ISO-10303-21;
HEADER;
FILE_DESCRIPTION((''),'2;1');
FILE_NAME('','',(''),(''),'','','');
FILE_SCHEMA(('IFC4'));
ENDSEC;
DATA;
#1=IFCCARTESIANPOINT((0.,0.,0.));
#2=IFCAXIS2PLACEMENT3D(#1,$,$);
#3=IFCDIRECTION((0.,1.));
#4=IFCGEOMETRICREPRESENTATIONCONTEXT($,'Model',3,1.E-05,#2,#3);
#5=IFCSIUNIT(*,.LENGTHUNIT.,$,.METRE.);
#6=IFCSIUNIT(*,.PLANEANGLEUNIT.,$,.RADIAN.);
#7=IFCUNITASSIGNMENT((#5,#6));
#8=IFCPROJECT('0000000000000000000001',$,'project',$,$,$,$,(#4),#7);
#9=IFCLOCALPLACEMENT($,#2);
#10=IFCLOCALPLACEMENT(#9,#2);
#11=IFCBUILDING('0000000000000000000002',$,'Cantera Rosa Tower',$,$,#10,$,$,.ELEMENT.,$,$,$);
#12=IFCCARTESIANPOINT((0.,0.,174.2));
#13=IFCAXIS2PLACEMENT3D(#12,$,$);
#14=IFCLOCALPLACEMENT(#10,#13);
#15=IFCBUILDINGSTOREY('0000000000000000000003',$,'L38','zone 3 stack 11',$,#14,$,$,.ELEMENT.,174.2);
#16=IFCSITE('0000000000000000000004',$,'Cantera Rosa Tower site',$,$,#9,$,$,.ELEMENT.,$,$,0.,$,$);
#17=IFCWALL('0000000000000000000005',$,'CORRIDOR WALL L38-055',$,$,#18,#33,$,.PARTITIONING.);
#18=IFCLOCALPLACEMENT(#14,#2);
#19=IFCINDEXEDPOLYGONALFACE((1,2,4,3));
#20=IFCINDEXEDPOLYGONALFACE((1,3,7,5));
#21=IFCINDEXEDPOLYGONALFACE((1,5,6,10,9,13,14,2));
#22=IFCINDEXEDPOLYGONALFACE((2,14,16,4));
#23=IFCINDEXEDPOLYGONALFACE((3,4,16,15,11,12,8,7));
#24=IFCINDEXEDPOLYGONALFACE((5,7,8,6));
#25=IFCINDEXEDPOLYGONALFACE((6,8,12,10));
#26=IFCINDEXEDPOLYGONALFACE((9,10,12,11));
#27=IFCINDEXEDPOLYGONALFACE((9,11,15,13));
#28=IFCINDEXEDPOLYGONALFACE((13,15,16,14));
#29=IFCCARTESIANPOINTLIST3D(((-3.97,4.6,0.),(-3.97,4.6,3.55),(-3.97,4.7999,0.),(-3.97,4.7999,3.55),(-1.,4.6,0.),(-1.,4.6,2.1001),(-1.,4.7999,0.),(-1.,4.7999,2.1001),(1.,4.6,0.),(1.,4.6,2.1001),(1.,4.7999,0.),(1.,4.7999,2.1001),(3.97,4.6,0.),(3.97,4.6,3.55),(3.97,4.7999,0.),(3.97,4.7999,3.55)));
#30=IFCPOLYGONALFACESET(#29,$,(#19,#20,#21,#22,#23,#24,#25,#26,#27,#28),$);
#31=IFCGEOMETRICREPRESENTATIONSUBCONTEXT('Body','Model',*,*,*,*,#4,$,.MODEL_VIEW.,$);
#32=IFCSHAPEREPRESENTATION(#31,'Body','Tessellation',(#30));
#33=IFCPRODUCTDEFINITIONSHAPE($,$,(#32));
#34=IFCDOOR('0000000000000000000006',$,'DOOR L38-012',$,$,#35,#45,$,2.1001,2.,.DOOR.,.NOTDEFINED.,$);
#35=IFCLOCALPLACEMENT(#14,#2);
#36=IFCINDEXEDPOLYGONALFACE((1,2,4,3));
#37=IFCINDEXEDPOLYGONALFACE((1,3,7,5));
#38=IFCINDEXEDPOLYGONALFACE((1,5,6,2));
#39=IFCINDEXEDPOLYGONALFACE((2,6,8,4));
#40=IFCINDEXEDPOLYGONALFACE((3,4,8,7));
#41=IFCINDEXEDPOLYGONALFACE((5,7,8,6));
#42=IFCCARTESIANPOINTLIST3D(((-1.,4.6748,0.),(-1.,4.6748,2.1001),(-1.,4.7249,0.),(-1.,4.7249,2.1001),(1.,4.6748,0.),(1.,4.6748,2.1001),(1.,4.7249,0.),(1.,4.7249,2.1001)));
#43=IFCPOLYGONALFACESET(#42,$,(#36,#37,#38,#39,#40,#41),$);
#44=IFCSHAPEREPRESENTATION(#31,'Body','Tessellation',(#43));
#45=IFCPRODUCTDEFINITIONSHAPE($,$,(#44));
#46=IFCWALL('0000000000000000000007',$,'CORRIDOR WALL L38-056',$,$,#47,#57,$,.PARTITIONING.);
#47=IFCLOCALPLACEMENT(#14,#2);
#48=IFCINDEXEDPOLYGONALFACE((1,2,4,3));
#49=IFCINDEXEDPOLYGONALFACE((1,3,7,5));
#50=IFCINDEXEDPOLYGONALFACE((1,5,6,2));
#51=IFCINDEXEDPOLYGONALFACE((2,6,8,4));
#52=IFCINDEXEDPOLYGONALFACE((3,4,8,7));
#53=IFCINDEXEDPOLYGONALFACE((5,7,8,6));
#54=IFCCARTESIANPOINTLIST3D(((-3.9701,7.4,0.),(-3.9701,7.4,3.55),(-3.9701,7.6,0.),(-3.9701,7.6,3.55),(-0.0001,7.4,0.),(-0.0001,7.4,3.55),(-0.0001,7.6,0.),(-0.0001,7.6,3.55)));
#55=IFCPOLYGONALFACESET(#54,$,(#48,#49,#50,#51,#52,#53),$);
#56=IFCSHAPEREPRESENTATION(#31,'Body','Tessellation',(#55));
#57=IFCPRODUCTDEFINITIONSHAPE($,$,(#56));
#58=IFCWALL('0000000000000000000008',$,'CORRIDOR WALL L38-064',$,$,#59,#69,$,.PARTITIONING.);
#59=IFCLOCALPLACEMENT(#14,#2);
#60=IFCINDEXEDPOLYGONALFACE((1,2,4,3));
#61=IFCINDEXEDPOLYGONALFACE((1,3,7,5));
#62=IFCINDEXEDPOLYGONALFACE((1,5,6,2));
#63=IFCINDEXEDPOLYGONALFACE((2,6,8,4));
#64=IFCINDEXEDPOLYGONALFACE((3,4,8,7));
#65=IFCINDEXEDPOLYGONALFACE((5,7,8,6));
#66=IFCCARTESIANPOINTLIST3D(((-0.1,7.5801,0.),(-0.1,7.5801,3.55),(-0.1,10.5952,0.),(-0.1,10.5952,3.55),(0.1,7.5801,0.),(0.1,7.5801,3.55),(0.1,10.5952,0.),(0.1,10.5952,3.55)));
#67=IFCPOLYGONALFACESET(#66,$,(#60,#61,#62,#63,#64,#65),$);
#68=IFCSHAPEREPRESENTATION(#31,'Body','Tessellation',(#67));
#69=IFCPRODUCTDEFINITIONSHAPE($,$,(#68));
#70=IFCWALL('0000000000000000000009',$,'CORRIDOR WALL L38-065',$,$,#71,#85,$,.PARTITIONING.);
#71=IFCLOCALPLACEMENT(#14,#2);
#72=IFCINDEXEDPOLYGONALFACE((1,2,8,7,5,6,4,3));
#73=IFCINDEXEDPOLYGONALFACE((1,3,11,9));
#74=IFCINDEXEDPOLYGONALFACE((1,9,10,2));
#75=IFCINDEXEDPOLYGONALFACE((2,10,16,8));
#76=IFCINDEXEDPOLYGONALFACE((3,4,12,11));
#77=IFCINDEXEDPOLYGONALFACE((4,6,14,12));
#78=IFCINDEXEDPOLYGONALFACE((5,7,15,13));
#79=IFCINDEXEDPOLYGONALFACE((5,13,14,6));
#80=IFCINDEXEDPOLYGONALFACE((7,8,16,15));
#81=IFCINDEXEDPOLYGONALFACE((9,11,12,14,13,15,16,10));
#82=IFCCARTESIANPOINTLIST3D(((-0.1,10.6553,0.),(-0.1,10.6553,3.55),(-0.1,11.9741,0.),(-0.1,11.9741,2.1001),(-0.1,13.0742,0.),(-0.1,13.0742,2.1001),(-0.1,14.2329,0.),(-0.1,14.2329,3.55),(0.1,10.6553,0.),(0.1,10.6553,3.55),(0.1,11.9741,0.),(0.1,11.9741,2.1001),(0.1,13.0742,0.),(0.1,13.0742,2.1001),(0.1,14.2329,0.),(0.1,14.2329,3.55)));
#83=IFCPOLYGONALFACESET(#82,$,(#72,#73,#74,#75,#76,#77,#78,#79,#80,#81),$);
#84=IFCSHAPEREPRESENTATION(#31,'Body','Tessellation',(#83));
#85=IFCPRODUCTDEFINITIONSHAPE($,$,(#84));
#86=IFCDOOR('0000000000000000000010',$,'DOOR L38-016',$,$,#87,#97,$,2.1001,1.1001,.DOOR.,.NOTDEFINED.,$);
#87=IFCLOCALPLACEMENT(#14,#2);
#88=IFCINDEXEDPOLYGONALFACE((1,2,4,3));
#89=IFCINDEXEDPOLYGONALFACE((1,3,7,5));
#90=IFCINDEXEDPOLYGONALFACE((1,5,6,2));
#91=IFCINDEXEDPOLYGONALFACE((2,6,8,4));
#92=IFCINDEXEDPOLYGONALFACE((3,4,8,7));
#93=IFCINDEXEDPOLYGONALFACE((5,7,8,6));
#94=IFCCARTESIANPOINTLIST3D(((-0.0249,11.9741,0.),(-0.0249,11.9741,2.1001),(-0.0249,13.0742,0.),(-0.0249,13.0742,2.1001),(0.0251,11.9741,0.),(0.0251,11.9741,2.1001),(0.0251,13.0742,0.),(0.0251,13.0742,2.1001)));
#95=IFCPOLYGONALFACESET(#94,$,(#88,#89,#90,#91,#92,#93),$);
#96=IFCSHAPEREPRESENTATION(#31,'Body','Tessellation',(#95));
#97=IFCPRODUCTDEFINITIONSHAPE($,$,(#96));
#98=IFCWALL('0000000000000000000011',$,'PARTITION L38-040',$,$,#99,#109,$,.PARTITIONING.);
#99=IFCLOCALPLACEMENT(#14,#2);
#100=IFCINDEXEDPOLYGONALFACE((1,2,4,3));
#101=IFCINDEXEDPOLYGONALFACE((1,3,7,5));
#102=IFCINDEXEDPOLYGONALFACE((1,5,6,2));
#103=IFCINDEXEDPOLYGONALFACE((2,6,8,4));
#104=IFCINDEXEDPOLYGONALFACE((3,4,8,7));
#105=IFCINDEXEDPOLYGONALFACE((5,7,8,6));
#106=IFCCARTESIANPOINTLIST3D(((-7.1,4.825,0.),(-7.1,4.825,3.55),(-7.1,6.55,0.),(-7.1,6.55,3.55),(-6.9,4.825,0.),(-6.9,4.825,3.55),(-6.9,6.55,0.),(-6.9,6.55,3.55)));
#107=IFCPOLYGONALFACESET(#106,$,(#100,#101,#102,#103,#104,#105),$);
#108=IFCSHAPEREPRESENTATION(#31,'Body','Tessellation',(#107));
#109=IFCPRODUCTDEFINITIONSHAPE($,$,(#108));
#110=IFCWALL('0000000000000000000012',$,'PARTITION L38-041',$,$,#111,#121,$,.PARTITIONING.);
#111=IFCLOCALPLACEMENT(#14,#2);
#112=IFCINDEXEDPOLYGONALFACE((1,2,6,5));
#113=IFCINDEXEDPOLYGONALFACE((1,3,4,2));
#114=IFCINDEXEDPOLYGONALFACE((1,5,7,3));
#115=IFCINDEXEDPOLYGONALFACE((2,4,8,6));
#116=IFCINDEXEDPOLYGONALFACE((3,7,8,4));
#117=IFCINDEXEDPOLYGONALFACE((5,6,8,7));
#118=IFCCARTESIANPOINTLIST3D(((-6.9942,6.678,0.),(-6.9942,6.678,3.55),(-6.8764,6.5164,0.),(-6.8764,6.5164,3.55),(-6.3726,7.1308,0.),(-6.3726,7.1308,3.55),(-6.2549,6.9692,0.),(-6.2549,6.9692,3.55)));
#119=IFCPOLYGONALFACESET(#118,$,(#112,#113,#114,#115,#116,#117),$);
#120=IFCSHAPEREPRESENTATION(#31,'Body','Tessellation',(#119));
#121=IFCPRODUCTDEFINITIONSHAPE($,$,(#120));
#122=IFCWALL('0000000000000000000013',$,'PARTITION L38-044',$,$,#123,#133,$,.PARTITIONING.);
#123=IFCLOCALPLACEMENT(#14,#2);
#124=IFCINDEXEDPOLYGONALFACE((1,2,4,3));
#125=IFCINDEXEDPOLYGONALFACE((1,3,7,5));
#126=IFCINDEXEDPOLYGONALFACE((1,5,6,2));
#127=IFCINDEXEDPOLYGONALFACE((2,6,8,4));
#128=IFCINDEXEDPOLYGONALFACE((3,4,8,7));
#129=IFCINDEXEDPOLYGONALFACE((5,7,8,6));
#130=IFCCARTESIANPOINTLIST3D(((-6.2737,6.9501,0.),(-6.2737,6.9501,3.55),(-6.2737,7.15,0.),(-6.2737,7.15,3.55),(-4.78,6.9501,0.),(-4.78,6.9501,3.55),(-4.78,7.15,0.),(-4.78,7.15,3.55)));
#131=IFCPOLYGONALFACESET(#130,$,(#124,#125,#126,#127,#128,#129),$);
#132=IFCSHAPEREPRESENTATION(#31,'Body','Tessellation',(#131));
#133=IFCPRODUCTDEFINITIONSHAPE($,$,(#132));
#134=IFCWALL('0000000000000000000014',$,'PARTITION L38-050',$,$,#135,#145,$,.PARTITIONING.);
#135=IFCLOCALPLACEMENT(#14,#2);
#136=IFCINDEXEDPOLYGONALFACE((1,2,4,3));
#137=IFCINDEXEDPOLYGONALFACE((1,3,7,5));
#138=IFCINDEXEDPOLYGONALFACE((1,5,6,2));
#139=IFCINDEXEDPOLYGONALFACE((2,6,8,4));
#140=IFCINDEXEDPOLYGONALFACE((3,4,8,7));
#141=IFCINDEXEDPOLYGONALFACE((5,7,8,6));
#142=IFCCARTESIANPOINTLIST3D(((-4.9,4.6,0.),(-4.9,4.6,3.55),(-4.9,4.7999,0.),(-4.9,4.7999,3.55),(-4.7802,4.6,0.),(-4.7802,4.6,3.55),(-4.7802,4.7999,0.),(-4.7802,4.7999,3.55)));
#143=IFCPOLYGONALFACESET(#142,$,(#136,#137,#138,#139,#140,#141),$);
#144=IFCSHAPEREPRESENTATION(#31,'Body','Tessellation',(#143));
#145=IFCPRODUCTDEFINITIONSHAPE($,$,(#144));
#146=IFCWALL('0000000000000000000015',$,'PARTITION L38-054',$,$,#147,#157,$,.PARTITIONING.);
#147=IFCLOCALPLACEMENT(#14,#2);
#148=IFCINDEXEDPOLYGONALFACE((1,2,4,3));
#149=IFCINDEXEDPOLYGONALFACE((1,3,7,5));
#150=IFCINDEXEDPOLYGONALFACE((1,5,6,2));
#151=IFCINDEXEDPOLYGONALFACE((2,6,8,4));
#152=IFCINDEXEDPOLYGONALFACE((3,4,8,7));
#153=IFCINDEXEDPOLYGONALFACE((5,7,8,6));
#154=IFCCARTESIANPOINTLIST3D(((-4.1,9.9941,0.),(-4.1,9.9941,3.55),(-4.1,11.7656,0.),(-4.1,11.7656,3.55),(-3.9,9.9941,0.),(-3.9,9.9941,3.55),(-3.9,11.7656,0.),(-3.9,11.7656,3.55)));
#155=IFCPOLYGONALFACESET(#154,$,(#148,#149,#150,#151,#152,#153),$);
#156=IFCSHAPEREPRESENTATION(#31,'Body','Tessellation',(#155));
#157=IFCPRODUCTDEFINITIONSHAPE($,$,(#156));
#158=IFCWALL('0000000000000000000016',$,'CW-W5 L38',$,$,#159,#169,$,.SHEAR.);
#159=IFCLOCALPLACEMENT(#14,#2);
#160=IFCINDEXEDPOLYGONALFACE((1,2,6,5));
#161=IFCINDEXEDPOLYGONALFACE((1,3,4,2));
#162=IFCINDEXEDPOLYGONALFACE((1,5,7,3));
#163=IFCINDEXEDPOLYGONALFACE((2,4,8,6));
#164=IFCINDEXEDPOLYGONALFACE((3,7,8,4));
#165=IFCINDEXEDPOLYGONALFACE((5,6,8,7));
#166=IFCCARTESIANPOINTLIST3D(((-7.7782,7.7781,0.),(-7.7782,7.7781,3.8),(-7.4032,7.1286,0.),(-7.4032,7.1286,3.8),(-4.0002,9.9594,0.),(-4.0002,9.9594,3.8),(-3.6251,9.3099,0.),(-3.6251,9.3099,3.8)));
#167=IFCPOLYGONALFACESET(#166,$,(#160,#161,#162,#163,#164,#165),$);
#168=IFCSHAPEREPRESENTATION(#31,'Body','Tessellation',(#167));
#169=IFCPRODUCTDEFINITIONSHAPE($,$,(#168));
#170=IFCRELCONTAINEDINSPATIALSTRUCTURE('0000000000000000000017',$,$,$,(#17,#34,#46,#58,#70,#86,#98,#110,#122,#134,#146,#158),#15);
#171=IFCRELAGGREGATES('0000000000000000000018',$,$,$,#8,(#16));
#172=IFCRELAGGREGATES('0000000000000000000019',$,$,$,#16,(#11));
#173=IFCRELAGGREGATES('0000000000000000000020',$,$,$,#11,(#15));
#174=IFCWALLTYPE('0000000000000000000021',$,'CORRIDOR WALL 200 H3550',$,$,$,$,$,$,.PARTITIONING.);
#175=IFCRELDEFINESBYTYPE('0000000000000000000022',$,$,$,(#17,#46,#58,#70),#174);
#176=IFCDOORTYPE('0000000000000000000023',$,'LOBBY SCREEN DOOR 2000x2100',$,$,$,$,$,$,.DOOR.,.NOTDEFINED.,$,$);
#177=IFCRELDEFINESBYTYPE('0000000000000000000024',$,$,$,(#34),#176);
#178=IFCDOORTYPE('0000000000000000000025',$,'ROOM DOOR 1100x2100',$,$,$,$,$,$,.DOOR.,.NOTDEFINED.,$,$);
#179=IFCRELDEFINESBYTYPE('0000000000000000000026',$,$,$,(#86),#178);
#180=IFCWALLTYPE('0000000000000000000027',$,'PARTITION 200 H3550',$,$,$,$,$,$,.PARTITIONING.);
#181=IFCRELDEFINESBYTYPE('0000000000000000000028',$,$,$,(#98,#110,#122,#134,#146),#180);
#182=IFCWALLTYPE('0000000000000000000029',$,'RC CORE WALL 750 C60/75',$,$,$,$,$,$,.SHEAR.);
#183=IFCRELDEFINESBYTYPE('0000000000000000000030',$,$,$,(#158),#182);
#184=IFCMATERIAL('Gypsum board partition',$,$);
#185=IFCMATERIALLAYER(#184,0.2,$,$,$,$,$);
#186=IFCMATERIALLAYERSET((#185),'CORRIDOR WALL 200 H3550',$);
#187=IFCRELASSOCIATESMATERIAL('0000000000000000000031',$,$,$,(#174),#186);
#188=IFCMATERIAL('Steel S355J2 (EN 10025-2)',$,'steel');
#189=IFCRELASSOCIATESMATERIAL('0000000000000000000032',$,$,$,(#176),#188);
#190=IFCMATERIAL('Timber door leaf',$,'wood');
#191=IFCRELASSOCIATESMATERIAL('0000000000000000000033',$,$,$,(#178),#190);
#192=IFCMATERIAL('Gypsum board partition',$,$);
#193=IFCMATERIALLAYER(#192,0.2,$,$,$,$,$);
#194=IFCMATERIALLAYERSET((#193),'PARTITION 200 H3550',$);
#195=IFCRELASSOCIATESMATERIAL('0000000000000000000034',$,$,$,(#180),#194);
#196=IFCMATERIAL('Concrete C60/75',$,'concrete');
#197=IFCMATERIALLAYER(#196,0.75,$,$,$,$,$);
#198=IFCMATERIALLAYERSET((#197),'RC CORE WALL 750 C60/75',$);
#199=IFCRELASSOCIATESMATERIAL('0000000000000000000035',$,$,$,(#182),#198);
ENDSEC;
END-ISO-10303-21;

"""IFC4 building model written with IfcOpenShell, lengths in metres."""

from ifc_helpers import new_model, si_unit, direction, frame, frame_2d, origin, place, context, subcontext, project, spatial, rectangle, extrude, material, layer, layer_set, type_object, element, fill, save


model = new_model("IFC4")

# Units and contexts
model_context = context("Model", 3, precision=1e-05, world=origin(), true_north=direction((0.0, 1.0)))
body_context = subcontext(model_context, "Body", "Model", "MODEL_VIEW")
ifc_project = project(units=[si_unit("LENGTHUNIT", "METRE"), si_unit("PLANEANGLEUNIT", "RADIAN")], contexts=[model_context])

# Site, building, storey
site_placement = place(None, origin())
site = spatial("IfcSite", under=ifc_project, at=site_placement, Name="Cantera Rosa Tower site", CompositionType="ELEMENT", RefElevation=0.0)
building_placement = place(site_placement, origin())
building = spatial("IfcBuilding", under=site, at=building_placement, Name="Cantera Rosa Tower", CompositionType="ELEMENT")
storey_placement = place(building_placement, frame((0.0, 0.0, 174.2)))
storey = spatial("IfcBuildingStorey", under=building, at=storey_placement, Name="L38", Description="zone 3 stack 11", CompositionType="ELEMENT", Elevation=174.2)

# Wall, opening, door
ifc_material_1 = material(Name="Gypsum board partition")
ifc_layer_1 = layer(ifc_material_1, 0.2)
ifc_layer_set_1 = layer_set([ifc_layer_1], Name="CORRIDOR WALL 200 H3550")
wall_type_1 = type_object("IfcWallType", Name="CORRIDOR WALL 200 H3550", PredefinedType="PARTITIONING", material=ifc_layer_set_1)
wall_1_placement = place(storey_placement, frame((-3.97, 4.7, 0.0), z_axis=(0.0, 0.0, 1.0), x_axis=(1.0, 0.0, 0.0)))
wall_1 = element("IfcWall", 1, at=wall_1_placement, inside=storey, type_object=wall_type_1, Name="CORRIDOR WALL L38-055", PredefinedType="PARTITIONING", context=body_context, shape_type="SweptSolid", body=[
    extrude(rectangle(XDim=7.9399, YDim=0.2, at=frame_2d((3.97, 0.0))), origin(), (0.0, 0.0, 1.0), 3.55),
])
opening_1_placement = place(wall_1_placement, frame((2.97, 0.0, 0.0)))
opening_1 = element("IfcOpeningElement", 2, at=opening_1_placement, cuts=wall_1, PredefinedType="OPENING", context=body_context, shape_type="SweptSolid", body=[
    extrude(rectangle(XDim=2.0, YDim=2.1001, at=frame_2d((1.0, 1.05))), frame((0.0, 0.1099, 0.0), z_axis=(0.0, -1.0, 0.0), x_axis=(1.0, 0.0, 0.0)), (0.0, 0.0, 1.0), 0.22),
])
ifc_material_2 = material(Name="Steel S355J2 (EN 10025-2)", Category="steel")
door_type_1 = type_object("IfcDoorType", Name="LOBBY SCREEN DOOR 2000x2100", OperationType="NOTDEFINED", PredefinedType="DOOR", material=ifc_material_2)
door_1_placement = place(opening_1_placement, origin())
door_1 = element("IfcDoor", 3, at=door_1_placement, inside=storey, type_object=door_type_1, Name="DOOR L38-012", OperationType="NOTDEFINED", OverallHeight=2.1001, OverallWidth=2.0, PredefinedType="DOOR", context=body_context, shape_type="SweptSolid", body=[
    extrude(rectangle(XDim=2.0, YDim=2.1001, at=frame_2d((1.0, 1.05))), frame((0.0, 0.0249, 0.0), z_axis=(0.0, -1.0, 0.0), x_axis=(1.0, 0.0, 0.0)), (0.0, 0.0, 1.0), 0.05),
])
fill(opening_1, door_1)

# Walls
wall_2_placement = place(storey_placement, frame((-3.97, 7.5, 0.0), z_axis=(0.0, 0.0, 1.0), x_axis=(1.0, 0.0, 0.0)))
element("IfcWall", 4, at=wall_2_placement, inside=storey, type_object=wall_type_1, Name="CORRIDOR WALL L38-056", PredefinedType="PARTITIONING", context=body_context, shape_type="SweptSolid", body=[
    extrude(rectangle(XDim=3.97, YDim=0.2, at=frame_2d((1.9849, 0.0))), origin(), (0.0, 0.0, 1.0), 3.55),
])
wall_3_placement = place(storey_placement, frame((0.0, 7.5801, 0.0), z_axis=(0.0, 0.0, 1.0), x_axis=(0.0, 1.0, 0.0)))
element("IfcWall", 5, at=wall_3_placement, inside=storey, type_object=wall_type_1, Name="CORRIDOR WALL L38-064", PredefinedType="PARTITIONING", context=body_context, shape_type="SweptSolid", body=[
    extrude(rectangle(XDim=3.0151, YDim=0.2, at=frame_2d((1.5076, 0.0))), origin(), (0.0, 0.0, 1.0), 3.55),
])

# Wall, opening, door
wall_4_placement = place(storey_placement, frame((0.0, 10.6553, 0.0), z_axis=(0.0, 0.0, 1.0), x_axis=(0.0, 1.0, 0.0)))
wall_4 = element("IfcWall", 6, at=wall_4_placement, inside=storey, type_object=wall_type_1, Name="CORRIDOR WALL L38-065", PredefinedType="PARTITIONING", context=body_context, shape_type="SweptSolid", body=[
    extrude(rectangle(XDim=3.5776, YDim=0.2, at=frame_2d((1.7888, 0.0))), origin(), (0.0, 0.0, 1.0), 3.55),
])
opening_2_placement = place(wall_4_placement, frame((1.3188, 0.0, 0.0)))
opening_2 = element("IfcOpeningElement", 7, at=opening_2_placement, cuts=wall_4, PredefinedType="OPENING", context=body_context, shape_type="SweptSolid", body=[
    extrude(rectangle(XDim=1.1001, YDim=2.1001, at=frame_2d((0.55, 1.05))), frame((0.0, 0.1099, 0.0), z_axis=(0.0, -1.0, 0.0), x_axis=(1.0, 0.0, 0.0)), (0.0, 0.0, 1.0), 0.22),
])
ifc_material_3 = material(Name="Timber door leaf", Category="wood")
door_type_2 = type_object("IfcDoorType", Name="ROOM DOOR 1100x2100", OperationType="NOTDEFINED", PredefinedType="DOOR", material=ifc_material_3)
door_2_placement = place(opening_2_placement, origin())
door_2 = element("IfcDoor", 8, at=door_2_placement, inside=storey, type_object=door_type_2, Name="DOOR L38-016", OperationType="NOTDEFINED", OverallHeight=2.1001, OverallWidth=1.1001, PredefinedType="DOOR", context=body_context, shape_type="SweptSolid", body=[
    extrude(rectangle(XDim=1.1001, YDim=2.1001, at=frame_2d((0.55, 1.05))), frame((0.0, 0.0249, 0.0), z_axis=(0.0, -1.0, 0.0), x_axis=(1.0, 0.0, 0.0)), (0.0, 0.0, 1.0), 0.05),
])
fill(opening_2, door_2)

# Walls
ifc_material_4 = material(Name="Gypsum board partition")
ifc_layer_2 = layer(ifc_material_4, 0.2)
ifc_layer_set_2 = layer_set([ifc_layer_2], Name="PARTITION 200 H3550")
wall_type_2 = type_object("IfcWallType", Name="PARTITION 200 H3550", PredefinedType="PARTITIONING", material=ifc_layer_set_2)
wall_5_placement = place(storey_placement, frame((-7.0, 4.825, 0.0), z_axis=(0.0, 0.0, 1.0), x_axis=(0.0, 1.0, 0.0)))
element("IfcWall", 9, at=wall_5_placement, inside=storey, type_object=wall_type_2, Name="PARTITION L38-040", PredefinedType="PARTITIONING", context=body_context, shape_type="SweptSolid", body=[
    extrude(rectangle(XDim=1.7251, YDim=0.2, at=frame_2d((0.8625, 0.0))), origin(), (0.0, 0.0, 1.0), 3.55),
])
wall_6_placement = place(storey_placement, frame((-6.9353, 6.5972, 0.0), z_axis=(0.0, 0.0, 1.0), x_axis=(0.808228, 0.58887, 0.0)))
element("IfcWall", 10, at=wall_6_placement, inside=storey, type_object=wall_type_2, Name="PARTITION L38-041", PredefinedType="PARTITIONING", context=body_context, shape_type="SweptSolid", body=[
    extrude(rectangle(XDim=0.769, YDim=0.2, at=frame_2d((0.3845, 0.0))), origin(), (0.0, 0.0, 1.0), 3.55),
])
wall_7_placement = place(storey_placement, frame((-6.2737, 7.05, 0.0), z_axis=(0.0, 0.0, 1.0), x_axis=(1.0, 0.0, 0.0)))
element("IfcWall", 11, at=wall_7_placement, inside=storey, type_object=wall_type_2, Name="PARTITION L38-044", PredefinedType="PARTITIONING", context=body_context, shape_type="SweptSolid", body=[
    extrude(rectangle(XDim=1.4937, YDim=0.2, at=frame_2d((0.7468, 0.0))), origin(), (0.0, 0.0, 1.0), 3.55),
])
wall_8_placement = place(storey_placement, frame((-4.78, 4.7, 0.0), z_axis=(0.0, 0.0, 1.0), x_axis=(-1.0, 0.0, 0.0)))
element("IfcWall", 12, at=wall_8_placement, inside=storey, type_object=wall_type_2, Name="PARTITION L38-050", PredefinedType="PARTITIONING", context=body_context, shape_type="SweptSolid", body=[
    extrude(rectangle(XDim=0.1199, YDim=0.2, at=frame_2d((0.0601, 0.0))), origin(), (0.0, 0.0, 1.0), 3.55),
])
wall_9_placement = place(storey_placement, frame((-4.0, 11.7656, 0.0), z_axis=(0.0, 0.0, 1.0), x_axis=(0.0, -1.0, 0.0)))
element("IfcWall", 13, at=wall_9_placement, inside=storey, type_object=wall_type_2, Name="PARTITION L38-054", PredefinedType="PARTITIONING", context=body_context, shape_type="SweptSolid", body=[
    extrude(rectangle(XDim=1.7715, YDim=0.2, at=frame_2d((0.8857, 0.0))), origin(), (0.0, 0.0, 1.0), 3.55),
])
ifc_material_5 = material(Name="Concrete C60/75", Category="concrete")
ifc_layer_3 = layer(ifc_material_5, 0.75)
ifc_layer_set_3 = layer_set([ifc_layer_3], Name="RC CORE WALL 750 C60/75")
wall_type_3 = type_object("IfcWallType", Name="RC CORE WALL 750 C60/75", PredefinedType="SHEAR", material=ifc_layer_set_3)
wall_10_placement = place(storey_placement, frame((-7.5906, 7.4534, 0.0), z_axis=(0.0, 0.0, 1.0), x_axis=(0.866013, 0.500021, 0.0)))
element("IfcWall", 14, at=wall_10_placement, inside=storey, type_object=wall_type_3, Name="CW-W5 L38", PredefinedType="SHEAR", context=body_context, shape_type="SweptSolid", body=[
    extrude(rectangle(XDim=4.3625, YDim=0.75, at=frame_2d((2.1812, 0.0))), origin(), (0.0, 0.0, 1.0), 3.8),
])

save(model, "model.ifc")
